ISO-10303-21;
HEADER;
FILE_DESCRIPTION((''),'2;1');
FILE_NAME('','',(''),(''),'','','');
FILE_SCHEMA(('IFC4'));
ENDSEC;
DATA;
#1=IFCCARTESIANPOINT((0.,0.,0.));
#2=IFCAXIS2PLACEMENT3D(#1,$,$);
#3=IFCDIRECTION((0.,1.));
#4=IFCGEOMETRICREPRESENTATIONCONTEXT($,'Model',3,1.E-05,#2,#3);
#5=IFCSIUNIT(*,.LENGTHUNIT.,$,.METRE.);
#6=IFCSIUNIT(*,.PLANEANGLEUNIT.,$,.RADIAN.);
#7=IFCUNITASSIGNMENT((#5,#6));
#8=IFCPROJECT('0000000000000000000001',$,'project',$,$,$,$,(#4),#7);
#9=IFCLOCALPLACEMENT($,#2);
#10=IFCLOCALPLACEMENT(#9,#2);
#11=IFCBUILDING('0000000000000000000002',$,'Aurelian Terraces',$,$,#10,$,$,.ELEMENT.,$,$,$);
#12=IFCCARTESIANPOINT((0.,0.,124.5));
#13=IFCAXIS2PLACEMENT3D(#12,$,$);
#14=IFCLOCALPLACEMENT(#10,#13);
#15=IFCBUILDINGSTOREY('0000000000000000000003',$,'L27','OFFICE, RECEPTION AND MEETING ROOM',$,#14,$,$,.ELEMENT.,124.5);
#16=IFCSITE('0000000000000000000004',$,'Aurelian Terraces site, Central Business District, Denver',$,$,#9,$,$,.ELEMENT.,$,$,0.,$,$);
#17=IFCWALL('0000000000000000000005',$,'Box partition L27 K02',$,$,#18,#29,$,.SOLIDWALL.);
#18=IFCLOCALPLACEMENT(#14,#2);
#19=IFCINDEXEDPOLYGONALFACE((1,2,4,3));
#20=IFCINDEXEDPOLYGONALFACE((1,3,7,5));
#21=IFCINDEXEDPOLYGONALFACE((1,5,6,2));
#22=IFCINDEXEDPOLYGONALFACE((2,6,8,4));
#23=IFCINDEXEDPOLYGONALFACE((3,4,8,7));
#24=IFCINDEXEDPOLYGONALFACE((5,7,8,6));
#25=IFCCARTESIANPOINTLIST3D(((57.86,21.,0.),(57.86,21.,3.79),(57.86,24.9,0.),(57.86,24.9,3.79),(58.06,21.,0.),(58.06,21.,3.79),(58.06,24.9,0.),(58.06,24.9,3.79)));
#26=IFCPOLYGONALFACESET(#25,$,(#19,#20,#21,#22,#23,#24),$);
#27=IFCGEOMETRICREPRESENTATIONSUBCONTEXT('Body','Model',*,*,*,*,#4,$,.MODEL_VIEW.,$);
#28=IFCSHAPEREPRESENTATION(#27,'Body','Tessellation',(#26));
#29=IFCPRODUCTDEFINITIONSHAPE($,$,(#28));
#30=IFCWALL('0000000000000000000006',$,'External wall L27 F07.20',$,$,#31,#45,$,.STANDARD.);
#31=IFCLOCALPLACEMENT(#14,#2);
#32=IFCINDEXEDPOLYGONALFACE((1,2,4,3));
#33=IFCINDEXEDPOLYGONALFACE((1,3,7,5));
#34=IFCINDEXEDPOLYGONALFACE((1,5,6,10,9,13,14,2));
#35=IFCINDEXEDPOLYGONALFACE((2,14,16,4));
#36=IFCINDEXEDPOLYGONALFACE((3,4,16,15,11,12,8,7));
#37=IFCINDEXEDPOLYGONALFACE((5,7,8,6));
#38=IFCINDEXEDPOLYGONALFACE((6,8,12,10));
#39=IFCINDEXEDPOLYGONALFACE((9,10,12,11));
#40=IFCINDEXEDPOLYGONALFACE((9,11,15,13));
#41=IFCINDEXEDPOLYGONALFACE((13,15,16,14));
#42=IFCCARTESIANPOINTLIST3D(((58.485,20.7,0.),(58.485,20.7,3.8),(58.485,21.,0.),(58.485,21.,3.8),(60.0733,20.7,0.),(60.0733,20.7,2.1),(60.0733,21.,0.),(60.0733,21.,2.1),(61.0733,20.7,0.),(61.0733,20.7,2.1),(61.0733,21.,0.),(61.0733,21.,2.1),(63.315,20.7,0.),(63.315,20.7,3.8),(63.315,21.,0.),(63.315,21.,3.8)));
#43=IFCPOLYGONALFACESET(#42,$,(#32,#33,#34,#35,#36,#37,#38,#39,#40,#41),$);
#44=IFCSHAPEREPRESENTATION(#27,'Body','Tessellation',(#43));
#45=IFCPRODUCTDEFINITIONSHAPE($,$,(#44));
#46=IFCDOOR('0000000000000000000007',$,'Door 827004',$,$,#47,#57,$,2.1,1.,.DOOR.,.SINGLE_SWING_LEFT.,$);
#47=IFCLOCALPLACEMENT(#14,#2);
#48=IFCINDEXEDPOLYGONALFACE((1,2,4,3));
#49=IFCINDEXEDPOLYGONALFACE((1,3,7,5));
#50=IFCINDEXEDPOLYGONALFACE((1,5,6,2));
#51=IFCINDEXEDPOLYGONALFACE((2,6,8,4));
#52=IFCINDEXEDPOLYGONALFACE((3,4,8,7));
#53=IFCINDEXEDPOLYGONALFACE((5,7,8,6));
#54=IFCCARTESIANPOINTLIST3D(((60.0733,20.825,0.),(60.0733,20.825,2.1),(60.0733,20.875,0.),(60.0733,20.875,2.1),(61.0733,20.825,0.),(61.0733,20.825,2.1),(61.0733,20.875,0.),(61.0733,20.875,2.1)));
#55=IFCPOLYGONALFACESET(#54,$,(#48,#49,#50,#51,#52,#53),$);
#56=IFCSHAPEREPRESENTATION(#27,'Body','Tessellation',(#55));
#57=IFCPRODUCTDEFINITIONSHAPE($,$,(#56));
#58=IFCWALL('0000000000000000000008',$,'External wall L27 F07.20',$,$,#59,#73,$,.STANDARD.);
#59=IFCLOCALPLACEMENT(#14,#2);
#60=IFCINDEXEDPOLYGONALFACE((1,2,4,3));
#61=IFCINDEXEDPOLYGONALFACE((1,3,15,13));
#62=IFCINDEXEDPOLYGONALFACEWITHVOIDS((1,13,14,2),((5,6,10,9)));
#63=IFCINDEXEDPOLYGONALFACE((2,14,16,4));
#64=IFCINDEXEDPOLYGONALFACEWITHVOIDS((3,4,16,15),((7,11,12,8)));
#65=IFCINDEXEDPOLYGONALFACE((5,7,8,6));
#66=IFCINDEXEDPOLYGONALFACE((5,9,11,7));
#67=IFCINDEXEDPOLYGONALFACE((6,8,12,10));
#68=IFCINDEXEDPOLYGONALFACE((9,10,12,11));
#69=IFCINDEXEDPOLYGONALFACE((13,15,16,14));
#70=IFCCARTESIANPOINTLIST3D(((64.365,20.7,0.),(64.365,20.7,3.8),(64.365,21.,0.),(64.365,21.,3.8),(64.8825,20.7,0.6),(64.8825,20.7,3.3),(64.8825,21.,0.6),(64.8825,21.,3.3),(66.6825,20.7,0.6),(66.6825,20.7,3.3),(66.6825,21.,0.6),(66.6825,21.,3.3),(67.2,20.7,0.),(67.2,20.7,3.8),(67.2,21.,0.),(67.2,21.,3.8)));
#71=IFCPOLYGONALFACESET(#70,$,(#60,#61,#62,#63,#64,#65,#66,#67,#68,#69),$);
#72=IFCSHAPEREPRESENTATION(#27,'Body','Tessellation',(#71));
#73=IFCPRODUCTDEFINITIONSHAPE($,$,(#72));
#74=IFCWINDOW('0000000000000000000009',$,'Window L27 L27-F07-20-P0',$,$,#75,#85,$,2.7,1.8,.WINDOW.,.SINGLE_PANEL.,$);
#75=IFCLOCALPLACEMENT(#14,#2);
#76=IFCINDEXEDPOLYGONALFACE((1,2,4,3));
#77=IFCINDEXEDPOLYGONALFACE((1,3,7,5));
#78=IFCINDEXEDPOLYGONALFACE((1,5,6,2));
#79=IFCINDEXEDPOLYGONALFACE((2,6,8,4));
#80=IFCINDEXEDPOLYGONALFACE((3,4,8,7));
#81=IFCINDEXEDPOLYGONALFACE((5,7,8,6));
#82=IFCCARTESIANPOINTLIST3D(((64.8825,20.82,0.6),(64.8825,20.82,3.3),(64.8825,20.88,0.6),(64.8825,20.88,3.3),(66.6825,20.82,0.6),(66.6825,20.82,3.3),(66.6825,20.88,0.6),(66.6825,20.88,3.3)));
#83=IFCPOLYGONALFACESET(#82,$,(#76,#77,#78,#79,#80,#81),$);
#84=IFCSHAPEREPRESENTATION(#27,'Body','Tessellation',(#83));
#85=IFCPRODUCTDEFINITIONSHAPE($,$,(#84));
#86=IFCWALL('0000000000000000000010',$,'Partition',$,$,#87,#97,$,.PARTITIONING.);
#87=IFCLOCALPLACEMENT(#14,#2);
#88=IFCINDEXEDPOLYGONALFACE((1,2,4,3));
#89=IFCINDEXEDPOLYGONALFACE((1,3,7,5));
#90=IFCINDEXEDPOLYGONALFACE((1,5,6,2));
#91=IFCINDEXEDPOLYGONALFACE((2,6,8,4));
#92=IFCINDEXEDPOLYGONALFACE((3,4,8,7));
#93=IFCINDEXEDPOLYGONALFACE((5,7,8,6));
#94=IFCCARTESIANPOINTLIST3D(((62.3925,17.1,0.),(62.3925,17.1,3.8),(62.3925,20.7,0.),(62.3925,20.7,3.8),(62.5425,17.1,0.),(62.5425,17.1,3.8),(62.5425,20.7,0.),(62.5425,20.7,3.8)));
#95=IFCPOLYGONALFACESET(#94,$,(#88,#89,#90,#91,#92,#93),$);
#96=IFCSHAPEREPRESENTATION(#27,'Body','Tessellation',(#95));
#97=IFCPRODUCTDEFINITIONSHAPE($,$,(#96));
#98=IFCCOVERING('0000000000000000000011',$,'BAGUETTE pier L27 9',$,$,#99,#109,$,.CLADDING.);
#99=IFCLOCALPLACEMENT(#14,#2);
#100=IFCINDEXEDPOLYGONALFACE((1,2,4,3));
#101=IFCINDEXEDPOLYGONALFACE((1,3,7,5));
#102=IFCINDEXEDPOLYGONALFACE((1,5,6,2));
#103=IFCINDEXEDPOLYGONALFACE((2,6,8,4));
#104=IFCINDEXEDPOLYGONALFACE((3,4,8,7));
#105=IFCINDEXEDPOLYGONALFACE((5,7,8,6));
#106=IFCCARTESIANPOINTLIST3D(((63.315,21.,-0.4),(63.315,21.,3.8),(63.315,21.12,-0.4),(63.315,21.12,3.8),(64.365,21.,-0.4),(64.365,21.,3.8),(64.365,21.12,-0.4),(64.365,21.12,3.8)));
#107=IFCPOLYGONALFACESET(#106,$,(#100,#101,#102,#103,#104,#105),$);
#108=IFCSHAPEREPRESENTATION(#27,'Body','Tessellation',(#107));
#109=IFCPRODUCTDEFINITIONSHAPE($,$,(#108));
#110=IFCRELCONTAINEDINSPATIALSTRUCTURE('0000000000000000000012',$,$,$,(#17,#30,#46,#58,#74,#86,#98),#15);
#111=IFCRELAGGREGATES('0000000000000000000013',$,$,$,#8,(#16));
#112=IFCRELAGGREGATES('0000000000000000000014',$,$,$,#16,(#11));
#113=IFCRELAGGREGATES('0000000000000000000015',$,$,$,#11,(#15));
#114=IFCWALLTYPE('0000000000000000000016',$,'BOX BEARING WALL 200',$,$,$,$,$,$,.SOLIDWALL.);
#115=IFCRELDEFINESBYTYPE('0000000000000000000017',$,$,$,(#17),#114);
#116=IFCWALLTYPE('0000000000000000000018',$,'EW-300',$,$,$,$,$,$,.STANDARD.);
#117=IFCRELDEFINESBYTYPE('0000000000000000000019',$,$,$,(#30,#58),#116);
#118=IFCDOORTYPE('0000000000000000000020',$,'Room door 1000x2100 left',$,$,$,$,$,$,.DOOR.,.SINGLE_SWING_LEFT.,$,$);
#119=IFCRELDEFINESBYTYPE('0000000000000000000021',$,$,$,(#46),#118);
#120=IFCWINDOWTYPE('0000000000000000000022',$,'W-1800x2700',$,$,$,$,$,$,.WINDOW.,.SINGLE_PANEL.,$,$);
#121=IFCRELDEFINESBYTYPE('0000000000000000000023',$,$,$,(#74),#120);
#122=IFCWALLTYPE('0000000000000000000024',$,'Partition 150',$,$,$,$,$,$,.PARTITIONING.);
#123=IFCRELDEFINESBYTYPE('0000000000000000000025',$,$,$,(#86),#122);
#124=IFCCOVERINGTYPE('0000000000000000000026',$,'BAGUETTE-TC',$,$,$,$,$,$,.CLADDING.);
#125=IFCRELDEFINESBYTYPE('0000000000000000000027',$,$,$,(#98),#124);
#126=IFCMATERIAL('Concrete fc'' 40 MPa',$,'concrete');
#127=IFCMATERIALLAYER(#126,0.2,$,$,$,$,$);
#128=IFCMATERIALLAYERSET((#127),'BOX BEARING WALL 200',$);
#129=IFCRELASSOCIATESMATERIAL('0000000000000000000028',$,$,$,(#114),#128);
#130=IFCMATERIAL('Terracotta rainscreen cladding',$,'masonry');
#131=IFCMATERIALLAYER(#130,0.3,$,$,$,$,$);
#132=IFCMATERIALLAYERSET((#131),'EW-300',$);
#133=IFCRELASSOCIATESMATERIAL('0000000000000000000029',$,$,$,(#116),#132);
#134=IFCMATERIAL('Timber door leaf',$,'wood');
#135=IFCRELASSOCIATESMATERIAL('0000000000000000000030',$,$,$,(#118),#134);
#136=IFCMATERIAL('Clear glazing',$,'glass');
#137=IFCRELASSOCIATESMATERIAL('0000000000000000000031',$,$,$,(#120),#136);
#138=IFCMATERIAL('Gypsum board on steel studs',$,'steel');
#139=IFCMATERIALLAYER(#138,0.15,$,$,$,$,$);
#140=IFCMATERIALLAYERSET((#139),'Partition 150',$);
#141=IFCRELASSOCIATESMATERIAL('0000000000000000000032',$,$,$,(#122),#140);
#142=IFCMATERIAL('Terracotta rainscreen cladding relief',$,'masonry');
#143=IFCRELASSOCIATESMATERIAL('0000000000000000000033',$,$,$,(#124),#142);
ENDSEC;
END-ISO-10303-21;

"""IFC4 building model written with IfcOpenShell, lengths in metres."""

from ifc_helpers import new_model, si_unit, direction, frame, frame_2d, origin, origin_2d, place, context, subcontext, project, spatial, rectangle, extrude, source, transform, mapped, material, layer, layer_set, type_object, element, fill, save


model = new_model("IFC4")

# Units and contexts
model_context = context("Model", 3, precision=1e-05, world=origin(), true_north=direction((0.0, 1.0)))
body_context = subcontext(model_context, "Body", "Model", "MODEL_VIEW")
ifc_project = project(units=[si_unit("LENGTHUNIT", "METRE"), si_unit("PLANEANGLEUNIT", "RADIAN")], contexts=[model_context])

# Site, building, storey
site_placement = place(None, origin())
site = spatial("IfcSite", under=ifc_project, at=site_placement, Name="Aurelian Terraces site, Central Business District, Denver", CompositionType="ELEMENT", RefElevation=0.0)
building_placement = place(site_placement, origin())
building = spatial("IfcBuilding", under=site, at=building_placement, Name="Aurelian Terraces", CompositionType="ELEMENT")
storey_placement = place(building_placement, frame((0.0, 0.0, 124.5)))
storey = spatial("IfcBuildingStorey", under=building, at=storey_placement, Name="L27", Description="OFFICE, RECEPTION AND MEETING ROOM", CompositionType="ELEMENT", Elevation=124.5)

# Shared definitions
ifc_material_1 = material(Name="Concrete fc' 40 MPa", Category="concrete")
ifc_layer_1 = layer(ifc_material_1, 0.2)
ifc_layer_set_1 = layer_set([ifc_layer_1], Name="BOX BEARING WALL 200")
wall_type_1 = type_object("IfcWallType", Name="BOX BEARING WALL 200", PredefinedType="SOLIDWALL", material=ifc_layer_set_1)
ifc_material_2 = material(Name="Clear glazing", Category="glass")

# Wall
shared_shape_1 = source(origin(), body_context, "Body", "SweptSolid", [
    extrude(rectangle(XDim=3.9, YDim=0.2, at=frame_2d((1.95, 0.0))), origin(), (0.0, 0.0, 1.0), 3.79),
])
wall_1_placement = place(storey_placement, frame((57.96, 21.0, 0.0), z_axis=(0.0, 0.0, 1.0), x_axis=(0.0, 1.0, 0.0)))
element("IfcWall", 1, at=wall_1_placement, inside=storey, type_object=wall_type_1, Name="Box partition L27 K02", PredefinedType="SOLIDWALL", context=body_context, shape_type="MappedRepresentation", body=[
    mapped(shared_shape_1, transform((0.0, 0.0, 0.0), scale=1.0)),
])

# Wall, opening, door
ifc_material_3 = material(Name="Terracotta rainscreen cladding", Category="masonry")
ifc_layer_2 = layer(ifc_material_3, 0.3)
ifc_layer_set_2 = layer_set([ifc_layer_2], Name="EW-300")
wall_type_2 = type_object("IfcWallType", Name="EW-300", PredefinedType="STANDARD", material=ifc_layer_set_2)
shared_shape_2 = source(origin(), body_context, "Body", "SweptSolid", [
    extrude(rectangle(XDim=4.83, YDim=0.3, at=frame_2d((2.415, 0.0))), origin(), (0.0, 0.0, 1.0), 3.8),
])
wall_2_placement = place(storey_placement, frame((63.315, 20.85, 0.0), z_axis=(0.0, 0.0, 1.0), x_axis=(-1.0, 0.0, 0.0)))
wall_2 = element("IfcWall", 2, at=wall_2_placement, inside=storey, type_object=wall_type_2, Name="External wall L27 F07.20", PredefinedType="STANDARD", context=body_context, shape_type="MappedRepresentation", body=[
    mapped(shared_shape_2, transform((0.0, 0.0, 0.0), scale=1.0)),
])
shared_shape_3 = source(origin(), body_context, "Body", "SweptSolid", [
    extrude(rectangle(XDim=1.0, YDim=2.1, at=frame_2d((0.5, 1.05))), frame((0.0, 0.16, 0.0), z_axis=(0.0, -1.0, 0.0), x_axis=(1.0, 0.0, 0.0)), (0.0, 0.0, 1.0), 0.32),
])
opening_1_placement = place(wall_2_placement, frame((2.2417, 0.0, 0.0)))
opening_1 = element("IfcOpeningElement", 3, at=opening_1_placement, cuts=wall_2, PredefinedType="OPENING", context=body_context, shape_type="MappedRepresentation", body=[
    mapped(shared_shape_3, transform((0.0, 0.0, 0.0), scale=1.0)),
])
ifc_material_4 = material(Name="Timber door leaf", Category="wood")
door_type = type_object("IfcDoorType", Name="Room door 1000x2100 left", OperationType="SINGLE_SWING_LEFT", PredefinedType="DOOR", material=ifc_material_4)
shared_shape_4 = source(origin(), body_context, "Body", "SweptSolid", [
    extrude(rectangle(XDim=1.0, YDim=2.1, at=frame_2d((0.5, 1.05))), frame((0.0, 0.025, 0.0), z_axis=(0.0, -1.0, 0.0), x_axis=(1.0, 0.0, 0.0)), (0.0, 0.0, 1.0), 0.05),
])
door_placement = place(opening_1_placement, origin())
door = element("IfcDoor", 4, at=door_placement, inside=storey, type_object=door_type, Name="Door 827004", OperationType="SINGLE_SWING_LEFT", OverallHeight=2.1, OverallWidth=1.0, PredefinedType="DOOR", context=body_context, shape_type="MappedRepresentation", body=[
    mapped(shared_shape_4, transform((0.0, 0.0, 0.0), scale=1.0)),
])
fill(opening_1, door)

# Wall, opening, window
shared_shape_5 = source(origin(), body_context, "Body", "SweptSolid", [
    extrude(rectangle(XDim=2.835, YDim=0.3, at=frame_2d((1.4175, 0.0))), origin(), (0.0, 0.0, 1.0), 3.8),
])
wall_3_placement = place(storey_placement, frame((67.2, 20.85, 0.0), z_axis=(0.0, 0.0, 1.0), x_axis=(-1.0, 0.0, 0.0)))
wall_3 = element("IfcWall", 5, at=wall_3_placement, inside=storey, type_object=wall_type_2, Name="External wall L27 F07.20", PredefinedType="STANDARD", context=body_context, shape_type="MappedRepresentation", body=[
    mapped(shared_shape_5, transform((0.0, 0.0, 0.0), scale=1.0)),
])
shared_shape_6 = source(origin(), body_context, "Body", "SweptSolid", [
    extrude(rectangle(XDim=1.8, YDim=2.7, at=frame_2d((0.9, 1.35))), frame((0.0, 0.16, 0.0), z_axis=(0.0, -1.0, 0.0), x_axis=(1.0, 0.0, 0.0)), (0.0, 0.0, 1.0), 0.32),
])
opening_2_placement = place(wall_3_placement, frame((0.5175, 0.0, 0.6)))
opening_2 = element("IfcOpeningElement", 6, at=opening_2_placement, cuts=wall_3, PredefinedType="OPENING", context=body_context, shape_type="MappedRepresentation", body=[
    mapped(shared_shape_6, transform((0.0, 0.0, 0.0), scale=1.0)),
])
window_type_1 = type_object("IfcWindowType", Name="W-1800x2700", PartitioningType="SINGLE_PANEL", PredefinedType="WINDOW", material=ifc_material_2)
shared_shape_7 = source(origin(), body_context, "Body", "SweptSolid", [
    extrude(rectangle(XDim=1.8, YDim=2.7, at=frame_2d((0.9, 1.35))), frame((0.0, 0.03, 0.0), z_axis=(0.0, -1.0, 0.0), x_axis=(1.0, 0.0, 0.0)), (0.0, 0.0, 1.0), 0.06),
])
window_1_placement = place(opening_2_placement, origin())
window_1 = element("IfcWindow", 7, at=window_1_placement, inside=storey, type_object=window_type_1, Name="Window L27 L27-F07-20-P0", OverallHeight=2.7, OverallWidth=1.8, PartitioningType="SINGLE_PANEL", PredefinedType="WINDOW", context=body_context, shape_type="MappedRepresentation", body=[
    mapped(shared_shape_7, transform((0.0, 0.0, 0.0), scale=1.0)),
])
fill(opening_2, window_1)

# Wall
ifc_material_5 = material(Name="Gypsum board on steel studs", Category="steel")
ifc_layer_3 = layer(ifc_material_5, 0.15)
ifc_layer_set_3 = layer_set([ifc_layer_3], Name="Partition 150")
wall_type_3 = type_object("IfcWallType", Name="Partition 150", PredefinedType="PARTITIONING", material=ifc_layer_set_3)
shared_shape_8 = source(origin(), body_context, "Body", "SweptSolid", [
    extrude(rectangle(XDim=3.6, YDim=0.15, at=frame_2d((1.8, 0.0))), origin(), (0.0, 0.0, 1.0), 3.8),
])
wall_4_placement = place(storey_placement, frame((62.4675, 20.7, 0.0), z_axis=(0.0, 0.0, 1.0), x_axis=(0.0, -1.0, 0.0)))
element("IfcWall", 8, at=wall_4_placement, inside=storey, type_object=wall_type_3, Name="Partition", PredefinedType="PARTITIONING", context=body_context, shape_type="MappedRepresentation", body=[
    mapped(shared_shape_8, transform((0.0, 0.0, 0.0), scale=1.0)),
])

# Covering
ifc_material_6 = material(Name="Terracotta rainscreen cladding relief", Category="masonry")
covering_type = type_object("IfcCoveringType", Name="BAGUETTE-TC", PredefinedType="CLADDING", material=ifc_material_6)
shared_shape_9 = source(origin(), body_context, "Body", "SweptSolid", [
    extrude(rectangle(XDim=1.05, YDim=0.12, at=origin_2d()), origin(), (0.0, 0.0, 1.0), 4.2),
])
covering_placement = place(storey_placement, frame((63.84, 21.06, -0.4), z_axis=(0.0, 0.0, 1.0), x_axis=(1.0, 0.0, 0.0)))
element("IfcCovering", 9, at=covering_placement, inside=storey, type_object=covering_type, Name="BAGUETTE pier L27 9", PredefinedType="CLADDING", context=body_context, shape_type="MappedRepresentation", body=[
    mapped(shared_shape_9, transform((0.0, 0.0, 0.0), scale=1.0)),
])

save(model, "model.ifc")
